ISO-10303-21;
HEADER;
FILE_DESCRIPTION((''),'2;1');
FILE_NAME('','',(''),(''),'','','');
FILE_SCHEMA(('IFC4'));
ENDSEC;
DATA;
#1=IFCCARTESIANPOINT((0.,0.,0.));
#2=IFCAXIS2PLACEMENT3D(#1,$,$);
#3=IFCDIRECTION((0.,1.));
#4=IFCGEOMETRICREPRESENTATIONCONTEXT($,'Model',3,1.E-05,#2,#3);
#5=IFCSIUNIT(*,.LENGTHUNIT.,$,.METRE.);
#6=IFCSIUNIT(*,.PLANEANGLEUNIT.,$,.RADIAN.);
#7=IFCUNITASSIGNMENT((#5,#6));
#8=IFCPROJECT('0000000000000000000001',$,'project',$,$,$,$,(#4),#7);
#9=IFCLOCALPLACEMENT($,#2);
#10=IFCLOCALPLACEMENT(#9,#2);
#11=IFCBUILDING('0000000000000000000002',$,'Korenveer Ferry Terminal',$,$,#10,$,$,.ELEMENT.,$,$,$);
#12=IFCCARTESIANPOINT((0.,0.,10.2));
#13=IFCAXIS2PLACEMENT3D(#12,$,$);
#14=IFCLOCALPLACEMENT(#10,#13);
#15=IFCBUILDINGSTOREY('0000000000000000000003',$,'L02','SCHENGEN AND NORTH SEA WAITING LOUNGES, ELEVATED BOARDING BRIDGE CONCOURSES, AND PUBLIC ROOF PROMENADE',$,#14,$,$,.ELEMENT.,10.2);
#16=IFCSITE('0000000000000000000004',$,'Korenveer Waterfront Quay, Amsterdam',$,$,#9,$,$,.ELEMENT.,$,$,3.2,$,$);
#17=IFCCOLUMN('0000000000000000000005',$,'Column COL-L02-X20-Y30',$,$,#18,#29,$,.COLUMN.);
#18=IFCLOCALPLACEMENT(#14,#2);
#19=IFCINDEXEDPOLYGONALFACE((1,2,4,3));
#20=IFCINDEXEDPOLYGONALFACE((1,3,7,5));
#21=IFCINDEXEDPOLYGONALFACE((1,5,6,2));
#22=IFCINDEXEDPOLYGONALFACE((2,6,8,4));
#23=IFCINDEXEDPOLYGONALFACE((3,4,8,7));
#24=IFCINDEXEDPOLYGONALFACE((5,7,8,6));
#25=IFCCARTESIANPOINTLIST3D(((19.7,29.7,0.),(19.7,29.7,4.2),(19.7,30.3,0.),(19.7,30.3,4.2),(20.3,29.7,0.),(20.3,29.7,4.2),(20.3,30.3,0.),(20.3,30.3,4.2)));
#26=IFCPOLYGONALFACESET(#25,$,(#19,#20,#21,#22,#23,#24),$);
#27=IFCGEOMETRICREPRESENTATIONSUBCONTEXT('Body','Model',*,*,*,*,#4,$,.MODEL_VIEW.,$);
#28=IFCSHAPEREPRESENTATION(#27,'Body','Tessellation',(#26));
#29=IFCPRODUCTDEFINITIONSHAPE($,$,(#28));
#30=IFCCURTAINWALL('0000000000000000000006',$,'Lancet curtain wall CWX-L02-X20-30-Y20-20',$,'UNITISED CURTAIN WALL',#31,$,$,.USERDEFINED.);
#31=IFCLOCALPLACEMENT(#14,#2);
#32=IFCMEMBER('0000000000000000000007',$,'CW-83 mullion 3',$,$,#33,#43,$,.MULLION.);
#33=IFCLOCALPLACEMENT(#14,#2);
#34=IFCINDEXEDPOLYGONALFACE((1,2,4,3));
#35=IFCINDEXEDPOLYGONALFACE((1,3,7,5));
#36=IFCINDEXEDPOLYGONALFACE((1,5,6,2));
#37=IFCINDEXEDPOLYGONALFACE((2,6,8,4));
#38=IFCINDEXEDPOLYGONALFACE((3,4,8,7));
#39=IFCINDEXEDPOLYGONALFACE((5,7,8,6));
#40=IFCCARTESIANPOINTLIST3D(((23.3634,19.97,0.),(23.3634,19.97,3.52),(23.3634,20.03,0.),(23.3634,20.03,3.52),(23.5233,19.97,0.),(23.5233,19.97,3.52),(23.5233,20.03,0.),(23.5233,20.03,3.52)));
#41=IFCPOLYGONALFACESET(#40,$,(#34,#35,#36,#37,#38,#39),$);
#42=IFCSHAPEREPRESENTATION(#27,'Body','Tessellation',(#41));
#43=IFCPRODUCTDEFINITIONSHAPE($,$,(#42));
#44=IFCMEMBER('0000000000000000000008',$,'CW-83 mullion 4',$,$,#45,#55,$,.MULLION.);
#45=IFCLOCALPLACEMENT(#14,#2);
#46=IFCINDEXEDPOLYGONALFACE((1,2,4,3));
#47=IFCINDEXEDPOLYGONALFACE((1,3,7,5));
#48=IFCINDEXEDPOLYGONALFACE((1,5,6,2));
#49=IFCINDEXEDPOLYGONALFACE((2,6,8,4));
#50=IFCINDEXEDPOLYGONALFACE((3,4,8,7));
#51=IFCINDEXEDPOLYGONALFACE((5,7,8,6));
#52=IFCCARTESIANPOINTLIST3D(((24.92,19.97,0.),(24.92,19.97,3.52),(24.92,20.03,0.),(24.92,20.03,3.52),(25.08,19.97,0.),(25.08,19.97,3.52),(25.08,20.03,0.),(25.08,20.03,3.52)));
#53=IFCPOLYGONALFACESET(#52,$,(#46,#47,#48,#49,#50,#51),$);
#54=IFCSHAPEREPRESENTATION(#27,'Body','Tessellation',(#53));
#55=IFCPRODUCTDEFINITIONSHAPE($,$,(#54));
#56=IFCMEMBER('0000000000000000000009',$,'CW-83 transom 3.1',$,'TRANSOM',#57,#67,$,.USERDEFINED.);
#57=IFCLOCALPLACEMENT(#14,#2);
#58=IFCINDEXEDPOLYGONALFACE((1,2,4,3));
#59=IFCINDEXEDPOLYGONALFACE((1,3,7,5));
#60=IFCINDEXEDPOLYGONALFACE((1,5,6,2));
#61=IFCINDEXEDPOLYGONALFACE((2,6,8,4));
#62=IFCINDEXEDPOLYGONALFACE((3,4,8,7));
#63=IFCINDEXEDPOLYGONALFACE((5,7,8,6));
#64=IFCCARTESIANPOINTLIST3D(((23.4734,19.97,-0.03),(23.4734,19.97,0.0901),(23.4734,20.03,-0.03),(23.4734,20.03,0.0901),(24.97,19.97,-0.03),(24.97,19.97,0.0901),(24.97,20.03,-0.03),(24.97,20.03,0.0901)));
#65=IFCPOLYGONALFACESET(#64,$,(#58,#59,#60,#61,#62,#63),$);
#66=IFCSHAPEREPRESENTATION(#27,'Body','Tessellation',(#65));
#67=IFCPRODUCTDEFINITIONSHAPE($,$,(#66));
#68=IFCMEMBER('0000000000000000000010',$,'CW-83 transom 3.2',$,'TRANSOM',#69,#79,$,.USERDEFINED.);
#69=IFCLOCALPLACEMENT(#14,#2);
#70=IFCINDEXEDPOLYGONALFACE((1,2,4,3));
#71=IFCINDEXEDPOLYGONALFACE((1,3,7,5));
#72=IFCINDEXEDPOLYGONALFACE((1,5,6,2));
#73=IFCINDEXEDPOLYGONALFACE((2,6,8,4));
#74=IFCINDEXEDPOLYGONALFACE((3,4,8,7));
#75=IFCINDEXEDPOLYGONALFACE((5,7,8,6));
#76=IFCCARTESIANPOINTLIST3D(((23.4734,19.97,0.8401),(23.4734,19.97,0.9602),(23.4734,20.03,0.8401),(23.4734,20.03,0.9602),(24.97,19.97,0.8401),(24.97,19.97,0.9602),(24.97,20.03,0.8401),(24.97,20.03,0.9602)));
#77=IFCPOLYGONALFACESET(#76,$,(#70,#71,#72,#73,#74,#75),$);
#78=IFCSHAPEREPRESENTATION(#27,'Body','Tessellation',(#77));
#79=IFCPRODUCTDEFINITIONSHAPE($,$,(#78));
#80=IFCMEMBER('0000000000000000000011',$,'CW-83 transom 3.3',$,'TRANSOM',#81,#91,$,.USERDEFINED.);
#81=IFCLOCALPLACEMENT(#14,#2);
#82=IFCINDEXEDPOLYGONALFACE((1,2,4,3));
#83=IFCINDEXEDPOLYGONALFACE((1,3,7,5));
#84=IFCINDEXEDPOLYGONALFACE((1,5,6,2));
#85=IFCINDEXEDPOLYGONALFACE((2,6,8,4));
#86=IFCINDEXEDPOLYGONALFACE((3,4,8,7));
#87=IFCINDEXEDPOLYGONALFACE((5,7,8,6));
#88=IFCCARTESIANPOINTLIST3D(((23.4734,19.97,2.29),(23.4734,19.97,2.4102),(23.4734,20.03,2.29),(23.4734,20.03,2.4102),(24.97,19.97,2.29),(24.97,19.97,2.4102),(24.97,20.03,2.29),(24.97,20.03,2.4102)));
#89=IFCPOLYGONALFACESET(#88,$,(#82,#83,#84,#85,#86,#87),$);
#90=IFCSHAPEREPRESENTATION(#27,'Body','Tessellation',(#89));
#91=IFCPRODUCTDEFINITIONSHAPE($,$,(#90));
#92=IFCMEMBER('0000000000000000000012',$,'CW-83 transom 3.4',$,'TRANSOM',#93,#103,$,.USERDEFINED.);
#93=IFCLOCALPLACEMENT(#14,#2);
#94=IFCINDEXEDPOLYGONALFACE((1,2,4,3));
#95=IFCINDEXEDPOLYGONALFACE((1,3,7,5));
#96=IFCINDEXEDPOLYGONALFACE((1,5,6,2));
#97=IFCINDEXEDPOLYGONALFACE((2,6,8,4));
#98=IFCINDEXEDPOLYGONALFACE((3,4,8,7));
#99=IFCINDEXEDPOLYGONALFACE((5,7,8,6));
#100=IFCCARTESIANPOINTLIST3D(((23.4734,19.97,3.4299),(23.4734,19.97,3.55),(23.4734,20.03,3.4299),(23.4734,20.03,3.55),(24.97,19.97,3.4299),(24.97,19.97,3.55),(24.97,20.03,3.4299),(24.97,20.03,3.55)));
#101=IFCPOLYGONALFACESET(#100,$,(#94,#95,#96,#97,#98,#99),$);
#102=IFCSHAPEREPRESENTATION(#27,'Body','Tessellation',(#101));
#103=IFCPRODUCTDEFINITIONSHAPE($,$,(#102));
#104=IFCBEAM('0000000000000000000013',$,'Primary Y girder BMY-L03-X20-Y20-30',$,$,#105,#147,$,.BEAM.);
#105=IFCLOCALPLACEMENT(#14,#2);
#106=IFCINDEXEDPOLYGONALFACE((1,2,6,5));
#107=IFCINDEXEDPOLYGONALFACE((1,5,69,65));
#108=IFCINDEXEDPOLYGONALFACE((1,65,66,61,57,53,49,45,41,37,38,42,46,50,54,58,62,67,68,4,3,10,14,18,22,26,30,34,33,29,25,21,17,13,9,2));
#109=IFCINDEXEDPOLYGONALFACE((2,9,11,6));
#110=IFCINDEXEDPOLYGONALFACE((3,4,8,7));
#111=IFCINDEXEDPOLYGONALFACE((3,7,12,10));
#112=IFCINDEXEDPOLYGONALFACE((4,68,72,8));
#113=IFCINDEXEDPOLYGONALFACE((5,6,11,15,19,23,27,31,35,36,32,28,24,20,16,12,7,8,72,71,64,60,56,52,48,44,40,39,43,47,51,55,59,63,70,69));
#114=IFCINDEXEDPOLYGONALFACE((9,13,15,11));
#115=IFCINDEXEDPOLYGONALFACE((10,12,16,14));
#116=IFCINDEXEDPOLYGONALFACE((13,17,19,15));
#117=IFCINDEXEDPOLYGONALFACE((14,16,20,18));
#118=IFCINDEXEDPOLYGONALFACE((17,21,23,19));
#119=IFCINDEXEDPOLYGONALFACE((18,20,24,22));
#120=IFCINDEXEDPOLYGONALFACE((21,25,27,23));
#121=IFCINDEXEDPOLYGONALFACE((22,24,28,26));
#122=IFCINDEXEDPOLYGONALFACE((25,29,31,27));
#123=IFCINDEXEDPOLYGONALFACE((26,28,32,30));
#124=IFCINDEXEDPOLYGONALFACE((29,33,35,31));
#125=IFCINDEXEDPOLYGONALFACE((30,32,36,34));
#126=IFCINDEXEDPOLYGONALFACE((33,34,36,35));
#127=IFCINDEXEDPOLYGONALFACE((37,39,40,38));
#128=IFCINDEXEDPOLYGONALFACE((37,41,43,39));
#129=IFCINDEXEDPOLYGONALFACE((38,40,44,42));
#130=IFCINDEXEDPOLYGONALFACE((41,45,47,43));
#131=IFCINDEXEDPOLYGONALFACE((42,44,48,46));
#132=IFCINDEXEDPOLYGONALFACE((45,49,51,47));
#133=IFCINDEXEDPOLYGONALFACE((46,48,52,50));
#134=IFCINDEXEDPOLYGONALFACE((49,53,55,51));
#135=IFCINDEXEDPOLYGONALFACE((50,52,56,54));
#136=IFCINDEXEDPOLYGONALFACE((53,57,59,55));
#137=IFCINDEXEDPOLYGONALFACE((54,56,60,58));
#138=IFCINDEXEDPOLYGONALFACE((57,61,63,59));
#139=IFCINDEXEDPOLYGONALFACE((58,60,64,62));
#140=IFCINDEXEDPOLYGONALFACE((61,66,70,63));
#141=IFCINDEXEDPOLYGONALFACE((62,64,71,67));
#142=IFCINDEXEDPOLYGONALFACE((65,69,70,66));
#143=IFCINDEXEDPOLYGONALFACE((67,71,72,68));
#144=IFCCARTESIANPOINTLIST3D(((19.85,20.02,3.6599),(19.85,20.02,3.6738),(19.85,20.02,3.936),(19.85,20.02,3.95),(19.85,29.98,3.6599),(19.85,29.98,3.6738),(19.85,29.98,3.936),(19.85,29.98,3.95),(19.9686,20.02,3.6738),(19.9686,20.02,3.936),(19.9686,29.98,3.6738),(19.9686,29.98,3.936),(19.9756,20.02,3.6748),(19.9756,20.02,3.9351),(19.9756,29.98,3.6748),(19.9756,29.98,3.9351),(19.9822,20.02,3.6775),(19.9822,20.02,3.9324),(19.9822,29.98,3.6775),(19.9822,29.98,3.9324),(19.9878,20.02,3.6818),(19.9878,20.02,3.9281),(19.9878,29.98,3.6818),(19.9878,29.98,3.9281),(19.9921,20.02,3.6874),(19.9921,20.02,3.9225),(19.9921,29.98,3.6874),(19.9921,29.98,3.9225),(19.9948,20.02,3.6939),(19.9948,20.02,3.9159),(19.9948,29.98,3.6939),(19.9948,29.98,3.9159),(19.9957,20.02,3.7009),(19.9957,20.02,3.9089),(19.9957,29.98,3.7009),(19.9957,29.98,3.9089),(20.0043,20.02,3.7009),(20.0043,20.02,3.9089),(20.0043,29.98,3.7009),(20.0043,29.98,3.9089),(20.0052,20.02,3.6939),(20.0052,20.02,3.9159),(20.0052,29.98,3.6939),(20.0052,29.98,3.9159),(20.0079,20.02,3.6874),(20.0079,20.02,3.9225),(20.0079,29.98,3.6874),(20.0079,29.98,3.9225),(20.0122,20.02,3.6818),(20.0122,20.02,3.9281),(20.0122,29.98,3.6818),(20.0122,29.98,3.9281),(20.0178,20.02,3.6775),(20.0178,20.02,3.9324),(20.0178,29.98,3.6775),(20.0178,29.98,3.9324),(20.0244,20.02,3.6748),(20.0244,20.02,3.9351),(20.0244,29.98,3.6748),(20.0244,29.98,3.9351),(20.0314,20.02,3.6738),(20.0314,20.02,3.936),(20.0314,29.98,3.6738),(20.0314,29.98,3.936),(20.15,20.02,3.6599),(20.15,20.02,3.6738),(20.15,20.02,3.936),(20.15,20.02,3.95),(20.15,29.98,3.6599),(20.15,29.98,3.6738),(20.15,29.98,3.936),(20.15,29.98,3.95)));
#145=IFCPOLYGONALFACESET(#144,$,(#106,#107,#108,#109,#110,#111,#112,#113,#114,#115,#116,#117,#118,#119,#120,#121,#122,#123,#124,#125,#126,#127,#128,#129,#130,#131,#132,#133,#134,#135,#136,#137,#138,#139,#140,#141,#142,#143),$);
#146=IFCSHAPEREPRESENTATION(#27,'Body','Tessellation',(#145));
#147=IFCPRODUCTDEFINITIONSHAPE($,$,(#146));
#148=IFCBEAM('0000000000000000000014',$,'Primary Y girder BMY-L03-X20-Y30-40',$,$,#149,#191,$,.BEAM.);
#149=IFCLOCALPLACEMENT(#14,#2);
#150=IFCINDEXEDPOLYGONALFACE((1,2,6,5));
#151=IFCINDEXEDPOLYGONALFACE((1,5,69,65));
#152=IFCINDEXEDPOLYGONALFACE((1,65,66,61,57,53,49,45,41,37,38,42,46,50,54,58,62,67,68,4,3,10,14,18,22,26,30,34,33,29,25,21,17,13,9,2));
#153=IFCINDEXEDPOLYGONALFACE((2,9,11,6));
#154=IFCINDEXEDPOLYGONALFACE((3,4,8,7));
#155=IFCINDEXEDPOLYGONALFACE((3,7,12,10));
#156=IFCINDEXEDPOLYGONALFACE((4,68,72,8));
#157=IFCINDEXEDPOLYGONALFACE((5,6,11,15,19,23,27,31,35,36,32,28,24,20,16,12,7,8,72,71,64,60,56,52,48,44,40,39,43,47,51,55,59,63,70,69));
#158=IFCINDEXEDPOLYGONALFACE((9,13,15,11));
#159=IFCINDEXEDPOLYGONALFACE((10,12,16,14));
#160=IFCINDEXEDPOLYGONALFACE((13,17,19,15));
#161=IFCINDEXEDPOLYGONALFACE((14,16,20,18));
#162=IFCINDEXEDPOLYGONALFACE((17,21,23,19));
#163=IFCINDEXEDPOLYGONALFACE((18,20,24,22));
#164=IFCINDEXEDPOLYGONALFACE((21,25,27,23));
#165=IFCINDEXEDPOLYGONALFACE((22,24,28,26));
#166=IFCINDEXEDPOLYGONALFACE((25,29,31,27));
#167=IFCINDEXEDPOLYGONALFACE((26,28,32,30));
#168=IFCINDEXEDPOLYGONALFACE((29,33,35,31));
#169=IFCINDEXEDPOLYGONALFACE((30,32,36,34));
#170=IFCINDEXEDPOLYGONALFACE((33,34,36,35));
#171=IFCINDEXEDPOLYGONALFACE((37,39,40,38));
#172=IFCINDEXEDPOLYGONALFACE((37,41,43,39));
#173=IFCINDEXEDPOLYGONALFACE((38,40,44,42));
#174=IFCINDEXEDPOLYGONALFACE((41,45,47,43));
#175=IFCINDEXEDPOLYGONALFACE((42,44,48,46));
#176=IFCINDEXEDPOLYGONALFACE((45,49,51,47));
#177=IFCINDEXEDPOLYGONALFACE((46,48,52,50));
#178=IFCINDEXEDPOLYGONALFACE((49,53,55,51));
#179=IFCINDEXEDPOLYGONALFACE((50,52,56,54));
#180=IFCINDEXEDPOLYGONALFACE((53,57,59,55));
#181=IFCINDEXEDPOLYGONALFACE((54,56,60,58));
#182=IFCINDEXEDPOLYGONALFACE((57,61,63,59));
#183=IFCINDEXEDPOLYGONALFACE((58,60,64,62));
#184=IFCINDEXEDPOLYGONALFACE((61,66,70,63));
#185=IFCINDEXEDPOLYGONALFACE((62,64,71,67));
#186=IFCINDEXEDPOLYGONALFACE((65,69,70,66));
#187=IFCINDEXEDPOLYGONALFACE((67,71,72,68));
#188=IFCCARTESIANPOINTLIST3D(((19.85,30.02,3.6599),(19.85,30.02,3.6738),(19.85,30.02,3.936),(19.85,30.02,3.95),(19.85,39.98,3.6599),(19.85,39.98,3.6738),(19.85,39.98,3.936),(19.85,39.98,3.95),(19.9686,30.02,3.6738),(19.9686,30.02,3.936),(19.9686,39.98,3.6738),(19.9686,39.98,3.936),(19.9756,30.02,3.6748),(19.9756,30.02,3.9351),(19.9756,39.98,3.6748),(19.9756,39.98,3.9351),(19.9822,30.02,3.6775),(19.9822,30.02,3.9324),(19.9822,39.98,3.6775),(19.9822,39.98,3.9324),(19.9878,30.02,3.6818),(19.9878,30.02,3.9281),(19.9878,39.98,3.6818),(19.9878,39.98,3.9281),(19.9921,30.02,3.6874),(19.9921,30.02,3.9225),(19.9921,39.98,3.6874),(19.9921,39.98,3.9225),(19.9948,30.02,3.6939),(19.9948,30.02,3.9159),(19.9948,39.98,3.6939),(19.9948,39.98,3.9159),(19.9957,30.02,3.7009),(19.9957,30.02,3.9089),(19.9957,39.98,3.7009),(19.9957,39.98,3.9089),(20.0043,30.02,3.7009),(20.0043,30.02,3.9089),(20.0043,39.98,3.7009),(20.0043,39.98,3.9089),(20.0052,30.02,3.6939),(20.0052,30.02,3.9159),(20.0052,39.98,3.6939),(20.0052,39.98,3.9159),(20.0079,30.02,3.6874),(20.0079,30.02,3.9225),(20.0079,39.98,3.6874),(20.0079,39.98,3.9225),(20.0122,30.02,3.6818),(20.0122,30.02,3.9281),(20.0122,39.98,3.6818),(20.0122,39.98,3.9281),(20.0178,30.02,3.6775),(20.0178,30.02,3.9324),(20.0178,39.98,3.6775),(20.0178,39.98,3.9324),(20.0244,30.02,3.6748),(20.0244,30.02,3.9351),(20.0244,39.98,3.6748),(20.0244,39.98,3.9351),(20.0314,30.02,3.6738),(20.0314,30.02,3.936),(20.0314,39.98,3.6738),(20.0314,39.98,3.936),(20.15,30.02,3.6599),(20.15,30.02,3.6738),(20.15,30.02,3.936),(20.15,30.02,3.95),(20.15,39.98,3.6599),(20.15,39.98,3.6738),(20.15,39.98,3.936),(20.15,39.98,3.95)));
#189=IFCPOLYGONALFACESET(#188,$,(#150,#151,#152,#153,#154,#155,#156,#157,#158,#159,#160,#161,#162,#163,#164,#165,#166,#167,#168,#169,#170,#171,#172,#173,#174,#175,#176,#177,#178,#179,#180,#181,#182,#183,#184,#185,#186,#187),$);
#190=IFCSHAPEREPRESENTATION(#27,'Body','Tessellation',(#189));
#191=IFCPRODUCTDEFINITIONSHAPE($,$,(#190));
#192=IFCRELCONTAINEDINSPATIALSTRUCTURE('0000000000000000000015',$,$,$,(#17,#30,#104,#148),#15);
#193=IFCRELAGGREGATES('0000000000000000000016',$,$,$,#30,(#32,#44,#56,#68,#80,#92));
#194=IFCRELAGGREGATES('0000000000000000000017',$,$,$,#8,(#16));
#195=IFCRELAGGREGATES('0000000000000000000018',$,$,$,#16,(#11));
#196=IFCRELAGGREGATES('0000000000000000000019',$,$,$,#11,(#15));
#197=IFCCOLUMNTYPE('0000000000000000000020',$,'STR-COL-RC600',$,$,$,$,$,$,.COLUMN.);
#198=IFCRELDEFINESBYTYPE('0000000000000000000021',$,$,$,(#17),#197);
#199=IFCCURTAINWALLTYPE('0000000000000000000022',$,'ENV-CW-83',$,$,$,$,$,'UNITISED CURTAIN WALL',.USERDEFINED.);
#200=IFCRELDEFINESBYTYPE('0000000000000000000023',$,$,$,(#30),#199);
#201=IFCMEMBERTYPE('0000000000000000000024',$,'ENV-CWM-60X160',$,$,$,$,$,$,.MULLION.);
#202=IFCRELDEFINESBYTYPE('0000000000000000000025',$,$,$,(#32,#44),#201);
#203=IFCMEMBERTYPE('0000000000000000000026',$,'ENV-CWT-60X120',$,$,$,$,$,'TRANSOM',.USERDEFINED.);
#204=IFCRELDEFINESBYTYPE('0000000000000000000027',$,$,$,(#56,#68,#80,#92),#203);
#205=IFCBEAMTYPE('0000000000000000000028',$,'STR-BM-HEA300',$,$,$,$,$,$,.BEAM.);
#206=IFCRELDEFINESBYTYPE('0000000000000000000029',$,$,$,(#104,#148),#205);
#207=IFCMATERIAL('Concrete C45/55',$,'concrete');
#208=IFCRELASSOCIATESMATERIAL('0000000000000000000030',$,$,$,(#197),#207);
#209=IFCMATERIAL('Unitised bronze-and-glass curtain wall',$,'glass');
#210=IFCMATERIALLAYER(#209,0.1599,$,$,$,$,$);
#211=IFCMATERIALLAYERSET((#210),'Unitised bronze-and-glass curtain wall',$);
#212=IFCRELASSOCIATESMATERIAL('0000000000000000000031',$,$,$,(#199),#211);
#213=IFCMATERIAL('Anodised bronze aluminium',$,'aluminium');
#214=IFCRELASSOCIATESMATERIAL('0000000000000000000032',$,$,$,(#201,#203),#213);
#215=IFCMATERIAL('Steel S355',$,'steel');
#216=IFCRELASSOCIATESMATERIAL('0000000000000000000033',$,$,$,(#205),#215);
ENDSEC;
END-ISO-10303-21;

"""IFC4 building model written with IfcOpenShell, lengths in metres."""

from ifc_helpers import new_model, si_unit, direction, frame, origin, origin_2d, place, context, subcontext, project, spatial, rectangle, i_section, extrude, material, layer, layer_set, material_profile, profile_set, type_object, element, aggregate, save


model = new_model("IFC4")

# Units and contexts
model_context = context("Model", 3, precision=1e-05, world=origin(), true_north=direction((0.0, 1.0)))
body_context = subcontext(model_context, "Body", "Model", "MODEL_VIEW")
ifc_project = project(units=[si_unit("LENGTHUNIT", "METRE"), si_unit("PLANEANGLEUNIT", "RADIAN")], contexts=[model_context])

# Site, building, storey
site_placement = place(None, origin())
site = spatial("IfcSite", under=ifc_project, at=site_placement, Name="Korenveer Waterfront Quay, Amsterdam", CompositionType="ELEMENT", RefElevation=3.2)
building_placement = place(site_placement, origin())
building = spatial("IfcBuilding", under=site, at=building_placement, Name="Korenveer Ferry Terminal", CompositionType="ELEMENT")
storey_placement = place(building_placement, frame((0.0, 0.0, 10.2)))
storey = spatial("IfcBuildingStorey", under=building, at=storey_placement, Name="L02", Description="SCHENGEN AND NORTH SEA WAITING LOUNGES, ELEVATED BOARDING BRIDGE CONCOURSES, AND PUBLIC ROOF PROMENADE", CompositionType="ELEMENT", Elevation=10.2)

# Column
ifc_material_1 = material(Name="Concrete C45/55", Category="concrete")
ifc_material_profile_1 = material_profile(ifc_material_1, rectangle(XDim=0.6001, YDim=0.6001, at=origin_2d()), Name="RC 600x600")
ifc_profile_set_1 = profile_set([ifc_material_profile_1], Name="Concrete C45/55")
column_type = type_object("IfcColumnType", Name="STR-COL-RC600", PredefinedType="COLUMN", material=ifc_profile_set_1)
column_placement = place(storey_placement, frame((20.0, 30.0, 0.0), z_axis=(0.0, 0.0, 1.0), x_axis=(1.0, 0.0, 0.0)))
element("IfcColumn", 1, at=column_placement, inside=storey, type_object=column_type, Name="Column COL-L02-X20-Y30", PredefinedType="COLUMN", context=body_context, shape_type="SweptSolid", body=[
    extrude(rectangle(XDim=0.6001, YDim=0.6001, at=origin_2d()), origin(), (0.0, 0.0, 1.0), 4.2),
])

# Curtain wall, members
ifc_material_2 = material(Name="Unitised bronze-and-glass curtain wall", Category="glass")
ifc_layer_1 = layer(ifc_material_2, 0.1599)
ifc_layer_set_1 = layer_set([ifc_layer_1], Name="Unitised bronze-and-glass curtain wall")
curtain_wall_type = type_object("IfcCurtainWallType", Name="ENV-CW-83", ElementType="UNITISED CURTAIN WALL", PredefinedType="USERDEFINED", material=ifc_layer_set_1)
curtain_wall_placement = place(storey_placement, frame((20.3301, 20.0, 0.0)))
curtain_wall = element("IfcCurtainWall", 2, at=curtain_wall_placement, inside=storey, type_object=curtain_wall_type, Name="Lancet curtain wall CWX-L02-X20-30-Y20-20", ObjectType="UNITISED CURTAIN WALL", PredefinedType="USERDEFINED")
ifc_material_3 = material(Name="Anodised bronze aluminium", Category="aluminium")
ifc_material_profile_2 = material_profile(ifc_material_3, rectangle(XDim=0.0601, YDim=0.1599, at=origin_2d()), Name="ALU 60x160")
ifc_profile_set_2 = profile_set([ifc_material_profile_2], Name="Anodised bronze aluminium")
member_type_1 = type_object("IfcMemberType", Name="ENV-CWM-60X160", PredefinedType="MULLION", material=ifc_profile_set_2)
member_1_placement = place(storey_placement, frame((23.4434, 20.0, 0.0), z_axis=(0.0, 0.0, 1.0), x_axis=(0.0, 1.0, 0.0)))
member_1 = element("IfcMember", 3, at=member_1_placement, type_object=member_type_1, Name="CW-83 mullion 3", PredefinedType="MULLION", context=body_context, shape_type="SweptSolid", body=[
    extrude(rectangle(XDim=0.0601, YDim=0.1599, at=origin_2d()), origin(), (0.0, 0.0, 1.0), 3.52),
])
member_2_placement = place(storey_placement, frame((25.0, 20.0, 0.0), z_axis=(0.0, 0.0, 1.0), x_axis=(0.0, 1.0, 0.0)))
member_2 = element("IfcMember", 4, at=member_2_placement, type_object=member_type_1, Name="CW-83 mullion 4", PredefinedType="MULLION", context=body_context, shape_type="SweptSolid", body=[
    extrude(rectangle(XDim=0.0601, YDim=0.1599, at=origin_2d()), origin(), (0.0, 0.0, 1.0), 3.52),
])
ifc_material_profile_3 = material_profile(ifc_material_3, rectangle(XDim=0.0601, YDim=0.1201, at=origin_2d()), Name="ALU 60x120")
ifc_profile_set_3 = profile_set([ifc_material_profile_3], Name="Anodised bronze aluminium")
member_type_2 = type_object("IfcMemberType", Name="ENV-CWT-60X120", ElementType="TRANSOM", PredefinedType="USERDEFINED", material=ifc_profile_set_3)
member_3_placement = place(storey_placement, frame((23.4734, 20.0, 0.03), z_axis=(1.0, 0.0, 0.0), x_axis=(0.0, 1.0, 0.0)))
member_3 = element("IfcMember", 5, at=member_3_placement, type_object=member_type_2, Name="CW-83 transom 3.1", ObjectType="TRANSOM", PredefinedType="USERDEFINED", context=body_context, shape_type="SweptSolid", body=[
    extrude(rectangle(XDim=0.0601, YDim=0.1201, at=origin_2d()), origin(), (0.0, 0.0, 1.0), 1.4966),
])
member_4_placement = place(storey_placement, frame((23.4734, 20.0, 0.9001), z_axis=(1.0, 0.0, 0.0), x_axis=(0.0, 1.0, 0.0)))
member_4 = element("IfcMember", 6, at=member_4_placement, type_object=member_type_2, Name="CW-83 transom 3.2", ObjectType="TRANSOM", PredefinedType="USERDEFINED", context=body_context, shape_type="SweptSolid", body=[
    extrude(rectangle(XDim=0.0601, YDim=0.1201, at=origin_2d()), origin(), (0.0, 0.0, 1.0), 1.4966),
])
member_5_placement = place(storey_placement, frame((23.4734, 20.0, 2.3501), z_axis=(1.0, 0.0, 0.0), x_axis=(0.0, 1.0, 0.0)))
member_5 = element("IfcMember", 7, at=member_5_placement, type_object=member_type_2, Name="CW-83 transom 3.3", ObjectType="TRANSOM", PredefinedType="USERDEFINED", context=body_context, shape_type="SweptSolid", body=[
    extrude(rectangle(XDim=0.0601, YDim=0.1201, at=origin_2d()), origin(), (0.0, 0.0, 1.0), 1.4966),
])
member_6_placement = place(storey_placement, frame((23.4734, 20.0, 3.49), z_axis=(1.0, 0.0, 0.0), x_axis=(0.0, 1.0, 0.0)))
member_6 = element("IfcMember", 8, at=member_6_placement, type_object=member_type_2, Name="CW-83 transom 3.4", ObjectType="TRANSOM", PredefinedType="USERDEFINED", context=body_context, shape_type="SweptSolid", body=[
    extrude(rectangle(XDim=0.0601, YDim=0.1201, at=origin_2d()), origin(), (0.0, 0.0, 1.0), 1.4966),
])

# Beams
ifc_material_4 = material(Name="Steel S355", Category="steel")
ifc_material_profile_4 = material_profile(ifc_material_4, i_section(OverallWidth=0.3, OverallDepth=0.29, WebThickness=0.0085, FlangeThickness=0.0139, FilletRadius=0.0271, at=origin_2d()), Name="HEA 300")
ifc_profile_set_4 = profile_set([ifc_material_profile_4], Name="Steel S355")
beam_type_1 = type_object("IfcBeamType", Name="STR-BM-HEA300", PredefinedType="BEAM", material=ifc_profile_set_4)
for number, where, z_axis, x_axis, name in (
    (9, (20.0, 20.02, 3.8049), (0.0, 1.0, 0.0), (-1.0, 0.0, 0.0), "Primary Y girder BMY-L03-X20-Y20-30"),
    (10, (20.0, 30.02, 3.8049), (0.0, 1.0, 0.0), (-1.0, 0.0, 0.0), "Primary Y girder BMY-L03-X20-Y30-40"),
):
    element("IfcBeam", number, at=place(storey_placement, frame(where, z_axis=z_axis, x_axis=x_axis)), inside=storey, type_object=beam_type_1, Name=name, PredefinedType="BEAM", context=body_context, shape_type="SweptSolid", body=[
        extrude(i_section(OverallWidth=0.3, OverallDepth=0.29, WebThickness=0.0085, FlangeThickness=0.0139, FilletRadius=0.0271, at=origin_2d()), origin(), (0.0, 0.0, 1.0), 9.96),
    ])

aggregate(curtain_wall, [member_1, member_2, member_3, member_4, member_5, member_6])

save(model, "model.ifc")
